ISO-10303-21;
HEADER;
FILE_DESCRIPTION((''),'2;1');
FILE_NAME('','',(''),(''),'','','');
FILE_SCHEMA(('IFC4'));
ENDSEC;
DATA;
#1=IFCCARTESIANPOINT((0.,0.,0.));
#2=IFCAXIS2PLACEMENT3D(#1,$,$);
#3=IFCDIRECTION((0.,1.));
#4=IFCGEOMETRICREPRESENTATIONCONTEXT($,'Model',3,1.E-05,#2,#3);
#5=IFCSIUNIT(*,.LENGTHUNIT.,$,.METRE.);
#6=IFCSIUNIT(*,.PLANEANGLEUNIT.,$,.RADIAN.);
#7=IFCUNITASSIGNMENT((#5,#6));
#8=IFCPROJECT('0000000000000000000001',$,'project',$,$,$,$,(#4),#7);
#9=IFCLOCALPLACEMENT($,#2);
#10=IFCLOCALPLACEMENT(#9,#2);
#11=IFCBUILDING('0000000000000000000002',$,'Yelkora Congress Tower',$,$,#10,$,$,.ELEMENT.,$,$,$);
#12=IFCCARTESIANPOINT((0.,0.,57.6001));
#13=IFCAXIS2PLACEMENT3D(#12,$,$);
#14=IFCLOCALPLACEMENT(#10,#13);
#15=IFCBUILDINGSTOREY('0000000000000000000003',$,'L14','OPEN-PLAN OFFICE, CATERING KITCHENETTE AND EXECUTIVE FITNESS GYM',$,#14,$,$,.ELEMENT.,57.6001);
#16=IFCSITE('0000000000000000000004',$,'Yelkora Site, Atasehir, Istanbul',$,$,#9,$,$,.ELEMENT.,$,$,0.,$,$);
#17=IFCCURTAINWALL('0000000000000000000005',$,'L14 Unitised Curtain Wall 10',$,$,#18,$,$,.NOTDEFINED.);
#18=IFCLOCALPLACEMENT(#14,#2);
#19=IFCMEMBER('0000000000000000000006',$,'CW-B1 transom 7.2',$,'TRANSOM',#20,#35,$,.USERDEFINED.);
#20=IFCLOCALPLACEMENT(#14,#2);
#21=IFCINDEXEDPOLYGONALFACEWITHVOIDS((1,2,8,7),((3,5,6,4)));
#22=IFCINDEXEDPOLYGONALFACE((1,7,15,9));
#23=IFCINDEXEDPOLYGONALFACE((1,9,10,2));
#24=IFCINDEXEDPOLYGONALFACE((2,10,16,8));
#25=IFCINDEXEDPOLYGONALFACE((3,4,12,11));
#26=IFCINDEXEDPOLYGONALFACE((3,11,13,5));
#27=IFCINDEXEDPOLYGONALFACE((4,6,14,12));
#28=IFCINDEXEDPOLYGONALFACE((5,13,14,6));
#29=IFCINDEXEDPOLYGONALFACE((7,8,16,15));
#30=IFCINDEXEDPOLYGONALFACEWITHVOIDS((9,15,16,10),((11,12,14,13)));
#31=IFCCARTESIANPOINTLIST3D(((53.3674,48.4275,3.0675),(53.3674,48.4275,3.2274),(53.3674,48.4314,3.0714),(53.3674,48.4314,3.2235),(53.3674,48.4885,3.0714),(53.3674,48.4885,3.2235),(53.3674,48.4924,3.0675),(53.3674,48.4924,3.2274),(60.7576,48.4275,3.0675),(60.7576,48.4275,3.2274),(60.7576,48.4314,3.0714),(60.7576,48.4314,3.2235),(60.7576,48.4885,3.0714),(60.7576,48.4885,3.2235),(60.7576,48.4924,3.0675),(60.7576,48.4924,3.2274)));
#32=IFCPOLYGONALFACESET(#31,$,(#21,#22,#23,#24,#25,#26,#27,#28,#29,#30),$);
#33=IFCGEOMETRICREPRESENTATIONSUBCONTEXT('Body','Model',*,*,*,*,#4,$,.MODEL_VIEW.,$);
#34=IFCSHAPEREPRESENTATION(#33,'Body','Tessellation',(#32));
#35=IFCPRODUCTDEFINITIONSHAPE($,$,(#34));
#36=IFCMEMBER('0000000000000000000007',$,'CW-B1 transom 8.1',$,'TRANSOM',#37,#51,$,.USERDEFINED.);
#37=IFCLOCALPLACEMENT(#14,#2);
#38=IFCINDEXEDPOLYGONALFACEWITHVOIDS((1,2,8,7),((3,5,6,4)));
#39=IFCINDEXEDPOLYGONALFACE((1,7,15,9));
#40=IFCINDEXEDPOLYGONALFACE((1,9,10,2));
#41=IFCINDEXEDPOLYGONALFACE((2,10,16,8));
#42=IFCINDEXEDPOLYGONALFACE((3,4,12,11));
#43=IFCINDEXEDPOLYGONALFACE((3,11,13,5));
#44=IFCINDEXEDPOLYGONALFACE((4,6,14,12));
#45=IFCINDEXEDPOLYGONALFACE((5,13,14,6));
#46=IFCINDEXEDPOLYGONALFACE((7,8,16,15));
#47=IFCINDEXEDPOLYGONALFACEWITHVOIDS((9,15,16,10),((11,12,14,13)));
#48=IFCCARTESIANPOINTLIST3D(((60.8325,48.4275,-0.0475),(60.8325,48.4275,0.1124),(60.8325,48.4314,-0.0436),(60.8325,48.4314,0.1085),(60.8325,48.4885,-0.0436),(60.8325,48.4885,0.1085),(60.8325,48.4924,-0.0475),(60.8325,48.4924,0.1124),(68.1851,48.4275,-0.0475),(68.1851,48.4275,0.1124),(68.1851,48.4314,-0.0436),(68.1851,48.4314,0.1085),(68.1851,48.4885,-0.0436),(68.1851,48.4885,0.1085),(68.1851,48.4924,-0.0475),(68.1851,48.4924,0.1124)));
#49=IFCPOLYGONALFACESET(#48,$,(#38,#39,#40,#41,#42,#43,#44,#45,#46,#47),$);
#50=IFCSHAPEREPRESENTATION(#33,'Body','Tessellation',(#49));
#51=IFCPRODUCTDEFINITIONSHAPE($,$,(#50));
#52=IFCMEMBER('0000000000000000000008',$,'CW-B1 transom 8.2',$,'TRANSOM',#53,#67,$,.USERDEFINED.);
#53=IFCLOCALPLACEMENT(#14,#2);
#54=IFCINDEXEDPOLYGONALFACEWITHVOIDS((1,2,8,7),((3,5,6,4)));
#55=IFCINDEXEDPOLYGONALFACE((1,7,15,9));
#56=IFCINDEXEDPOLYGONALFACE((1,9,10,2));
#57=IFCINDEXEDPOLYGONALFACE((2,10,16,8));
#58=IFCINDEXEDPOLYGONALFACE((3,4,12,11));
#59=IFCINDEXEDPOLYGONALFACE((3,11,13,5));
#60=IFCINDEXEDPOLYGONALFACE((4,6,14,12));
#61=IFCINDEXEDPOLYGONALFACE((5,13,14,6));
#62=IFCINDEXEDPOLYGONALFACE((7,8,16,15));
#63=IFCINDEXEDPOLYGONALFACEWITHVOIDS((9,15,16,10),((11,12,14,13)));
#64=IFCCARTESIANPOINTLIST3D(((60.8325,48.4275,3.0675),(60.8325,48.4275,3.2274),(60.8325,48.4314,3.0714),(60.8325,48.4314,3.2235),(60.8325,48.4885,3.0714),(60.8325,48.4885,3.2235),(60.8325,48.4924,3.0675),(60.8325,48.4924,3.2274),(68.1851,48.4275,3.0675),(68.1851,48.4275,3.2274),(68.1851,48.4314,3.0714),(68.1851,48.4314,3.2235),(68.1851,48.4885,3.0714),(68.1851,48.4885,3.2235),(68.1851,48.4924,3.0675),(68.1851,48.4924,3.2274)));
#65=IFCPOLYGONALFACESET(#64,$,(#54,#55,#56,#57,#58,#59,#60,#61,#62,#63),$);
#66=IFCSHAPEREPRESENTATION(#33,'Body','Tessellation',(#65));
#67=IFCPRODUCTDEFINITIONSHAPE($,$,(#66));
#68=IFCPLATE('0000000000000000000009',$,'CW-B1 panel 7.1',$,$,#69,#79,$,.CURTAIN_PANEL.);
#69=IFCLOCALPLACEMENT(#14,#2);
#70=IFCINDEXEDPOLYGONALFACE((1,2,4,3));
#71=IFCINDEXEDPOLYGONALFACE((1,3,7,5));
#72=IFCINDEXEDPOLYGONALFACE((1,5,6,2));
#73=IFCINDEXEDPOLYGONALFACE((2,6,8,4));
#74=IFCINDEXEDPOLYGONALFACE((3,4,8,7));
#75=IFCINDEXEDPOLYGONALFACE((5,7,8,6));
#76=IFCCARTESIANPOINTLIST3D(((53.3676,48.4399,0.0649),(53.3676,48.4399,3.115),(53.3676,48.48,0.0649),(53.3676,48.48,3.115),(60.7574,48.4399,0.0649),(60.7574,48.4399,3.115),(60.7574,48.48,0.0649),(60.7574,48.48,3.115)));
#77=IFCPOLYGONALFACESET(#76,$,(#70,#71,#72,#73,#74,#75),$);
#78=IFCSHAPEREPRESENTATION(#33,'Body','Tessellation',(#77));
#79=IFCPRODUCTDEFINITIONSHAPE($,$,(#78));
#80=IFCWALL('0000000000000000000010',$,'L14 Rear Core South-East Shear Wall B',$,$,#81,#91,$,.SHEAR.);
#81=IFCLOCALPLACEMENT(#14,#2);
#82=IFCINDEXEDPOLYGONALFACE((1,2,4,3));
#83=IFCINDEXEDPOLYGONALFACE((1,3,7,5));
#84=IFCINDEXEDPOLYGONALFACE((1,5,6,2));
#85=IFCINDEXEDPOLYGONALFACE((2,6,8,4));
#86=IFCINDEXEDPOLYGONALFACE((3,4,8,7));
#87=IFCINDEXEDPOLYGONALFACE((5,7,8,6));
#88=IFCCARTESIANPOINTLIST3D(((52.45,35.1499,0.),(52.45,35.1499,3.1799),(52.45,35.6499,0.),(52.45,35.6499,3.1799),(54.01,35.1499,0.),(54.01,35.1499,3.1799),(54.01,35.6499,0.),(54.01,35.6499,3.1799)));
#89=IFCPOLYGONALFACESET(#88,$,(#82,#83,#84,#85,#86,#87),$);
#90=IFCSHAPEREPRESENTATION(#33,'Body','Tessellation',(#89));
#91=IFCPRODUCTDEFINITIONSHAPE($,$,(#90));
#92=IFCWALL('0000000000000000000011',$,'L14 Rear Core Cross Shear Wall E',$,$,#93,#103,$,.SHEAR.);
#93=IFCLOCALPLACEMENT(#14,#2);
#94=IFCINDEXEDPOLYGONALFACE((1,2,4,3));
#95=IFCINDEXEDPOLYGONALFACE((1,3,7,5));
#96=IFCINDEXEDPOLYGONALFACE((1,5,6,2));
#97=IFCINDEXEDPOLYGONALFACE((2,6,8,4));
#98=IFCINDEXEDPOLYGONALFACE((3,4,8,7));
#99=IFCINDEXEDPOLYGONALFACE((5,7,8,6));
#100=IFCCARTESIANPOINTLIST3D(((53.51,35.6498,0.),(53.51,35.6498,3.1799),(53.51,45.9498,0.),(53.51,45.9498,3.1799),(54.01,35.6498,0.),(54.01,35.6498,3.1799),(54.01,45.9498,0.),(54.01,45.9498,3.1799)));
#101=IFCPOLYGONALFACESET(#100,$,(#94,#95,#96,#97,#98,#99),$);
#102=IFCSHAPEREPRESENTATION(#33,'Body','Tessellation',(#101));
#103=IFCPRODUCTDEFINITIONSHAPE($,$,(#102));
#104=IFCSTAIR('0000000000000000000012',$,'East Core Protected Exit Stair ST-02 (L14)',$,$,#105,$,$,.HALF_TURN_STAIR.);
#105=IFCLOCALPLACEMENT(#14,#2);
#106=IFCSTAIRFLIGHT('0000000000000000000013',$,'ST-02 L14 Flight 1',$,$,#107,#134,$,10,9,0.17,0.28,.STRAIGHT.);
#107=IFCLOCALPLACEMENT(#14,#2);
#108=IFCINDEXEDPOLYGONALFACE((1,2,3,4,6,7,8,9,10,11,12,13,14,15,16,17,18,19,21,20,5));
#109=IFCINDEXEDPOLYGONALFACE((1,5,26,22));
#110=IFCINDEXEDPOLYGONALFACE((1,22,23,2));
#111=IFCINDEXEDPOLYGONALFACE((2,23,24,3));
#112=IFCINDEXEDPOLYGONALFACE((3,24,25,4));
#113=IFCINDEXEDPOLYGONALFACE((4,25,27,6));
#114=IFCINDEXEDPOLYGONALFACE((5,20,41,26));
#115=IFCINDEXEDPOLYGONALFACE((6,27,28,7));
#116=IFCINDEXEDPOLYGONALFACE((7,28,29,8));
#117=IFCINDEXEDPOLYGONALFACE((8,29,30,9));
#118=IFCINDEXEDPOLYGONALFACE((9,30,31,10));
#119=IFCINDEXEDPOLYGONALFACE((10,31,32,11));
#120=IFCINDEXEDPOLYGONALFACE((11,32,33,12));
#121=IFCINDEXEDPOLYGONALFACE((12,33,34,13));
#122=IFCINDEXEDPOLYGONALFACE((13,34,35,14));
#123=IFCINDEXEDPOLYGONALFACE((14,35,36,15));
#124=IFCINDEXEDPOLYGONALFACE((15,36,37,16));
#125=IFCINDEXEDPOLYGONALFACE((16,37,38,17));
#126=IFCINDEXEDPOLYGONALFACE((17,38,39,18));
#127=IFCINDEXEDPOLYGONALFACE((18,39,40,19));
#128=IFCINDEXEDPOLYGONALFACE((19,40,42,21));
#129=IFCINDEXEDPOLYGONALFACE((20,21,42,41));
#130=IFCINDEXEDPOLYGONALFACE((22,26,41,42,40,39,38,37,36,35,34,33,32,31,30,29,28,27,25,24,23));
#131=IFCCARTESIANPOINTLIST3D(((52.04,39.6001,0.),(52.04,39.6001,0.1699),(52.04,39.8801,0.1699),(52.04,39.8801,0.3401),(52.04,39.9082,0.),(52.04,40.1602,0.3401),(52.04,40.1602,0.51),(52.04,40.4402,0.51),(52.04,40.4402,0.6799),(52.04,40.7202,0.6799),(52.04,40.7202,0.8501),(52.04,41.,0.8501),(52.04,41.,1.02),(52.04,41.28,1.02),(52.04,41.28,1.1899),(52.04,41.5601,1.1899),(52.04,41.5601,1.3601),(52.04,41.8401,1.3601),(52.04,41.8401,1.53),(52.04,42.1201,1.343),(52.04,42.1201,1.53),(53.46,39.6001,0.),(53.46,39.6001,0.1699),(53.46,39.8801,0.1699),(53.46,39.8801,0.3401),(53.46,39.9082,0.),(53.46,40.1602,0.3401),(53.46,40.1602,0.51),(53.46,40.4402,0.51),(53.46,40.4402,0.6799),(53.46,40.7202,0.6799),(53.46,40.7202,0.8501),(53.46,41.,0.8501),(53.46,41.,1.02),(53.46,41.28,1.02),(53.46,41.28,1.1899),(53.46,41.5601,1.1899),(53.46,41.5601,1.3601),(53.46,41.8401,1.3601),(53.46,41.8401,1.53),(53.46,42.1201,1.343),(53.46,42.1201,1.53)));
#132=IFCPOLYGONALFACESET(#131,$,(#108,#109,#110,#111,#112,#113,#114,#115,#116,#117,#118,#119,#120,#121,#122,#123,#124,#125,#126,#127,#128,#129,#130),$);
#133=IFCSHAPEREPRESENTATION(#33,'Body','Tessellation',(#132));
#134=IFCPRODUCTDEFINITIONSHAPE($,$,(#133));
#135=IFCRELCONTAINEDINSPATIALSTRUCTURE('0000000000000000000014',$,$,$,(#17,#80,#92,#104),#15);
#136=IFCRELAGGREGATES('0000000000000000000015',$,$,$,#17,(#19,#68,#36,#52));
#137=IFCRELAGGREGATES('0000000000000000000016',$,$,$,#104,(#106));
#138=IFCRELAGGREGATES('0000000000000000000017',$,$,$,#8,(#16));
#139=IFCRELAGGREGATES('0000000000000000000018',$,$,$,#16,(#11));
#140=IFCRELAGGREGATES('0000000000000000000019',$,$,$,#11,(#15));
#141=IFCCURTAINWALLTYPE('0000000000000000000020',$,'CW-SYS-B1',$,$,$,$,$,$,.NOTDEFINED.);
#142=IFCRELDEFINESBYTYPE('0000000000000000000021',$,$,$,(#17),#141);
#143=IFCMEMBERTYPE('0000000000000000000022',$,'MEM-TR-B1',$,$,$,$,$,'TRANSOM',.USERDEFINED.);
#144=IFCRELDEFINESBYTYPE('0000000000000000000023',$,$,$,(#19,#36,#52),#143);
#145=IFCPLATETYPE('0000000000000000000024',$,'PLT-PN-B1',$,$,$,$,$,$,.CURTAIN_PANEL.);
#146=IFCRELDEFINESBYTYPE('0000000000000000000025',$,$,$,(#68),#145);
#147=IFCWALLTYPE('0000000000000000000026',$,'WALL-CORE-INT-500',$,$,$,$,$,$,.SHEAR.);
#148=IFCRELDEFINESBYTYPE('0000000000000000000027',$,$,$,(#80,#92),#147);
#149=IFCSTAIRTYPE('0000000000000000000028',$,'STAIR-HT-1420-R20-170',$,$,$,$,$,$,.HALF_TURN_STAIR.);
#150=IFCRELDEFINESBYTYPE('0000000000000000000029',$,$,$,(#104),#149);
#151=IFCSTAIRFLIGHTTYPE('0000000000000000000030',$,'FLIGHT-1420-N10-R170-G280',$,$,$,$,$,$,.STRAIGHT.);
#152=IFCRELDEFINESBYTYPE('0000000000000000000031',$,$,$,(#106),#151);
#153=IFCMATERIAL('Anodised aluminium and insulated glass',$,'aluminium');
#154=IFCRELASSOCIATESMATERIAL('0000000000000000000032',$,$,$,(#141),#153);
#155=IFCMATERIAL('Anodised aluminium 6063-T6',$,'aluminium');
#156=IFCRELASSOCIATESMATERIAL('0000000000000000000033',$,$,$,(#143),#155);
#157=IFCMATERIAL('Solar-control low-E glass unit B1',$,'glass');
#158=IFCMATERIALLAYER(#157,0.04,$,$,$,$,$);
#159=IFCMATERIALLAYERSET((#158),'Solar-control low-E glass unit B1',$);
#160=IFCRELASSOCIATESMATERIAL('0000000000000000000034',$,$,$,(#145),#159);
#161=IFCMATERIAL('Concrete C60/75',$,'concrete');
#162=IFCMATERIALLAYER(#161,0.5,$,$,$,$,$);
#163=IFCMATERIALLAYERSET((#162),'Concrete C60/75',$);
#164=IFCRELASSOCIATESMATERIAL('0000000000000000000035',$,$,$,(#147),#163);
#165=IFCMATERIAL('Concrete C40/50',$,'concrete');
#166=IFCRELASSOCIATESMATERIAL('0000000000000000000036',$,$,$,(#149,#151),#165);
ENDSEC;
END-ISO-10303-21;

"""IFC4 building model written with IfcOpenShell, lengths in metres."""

from ifc_helpers import new_model, si_unit, direction, frame, frame_2d, origin, origin_2d, place, context, subcontext, project, spatial, polyline, rectangle, hollow_rectangle, outline, extrude, material, layer, layer_set, material_profile, profile_set, type_object, element, aggregate, save


model = new_model("IFC4")

# Units and contexts
model_context = context("Model", 3, precision=1e-05, world=origin(), true_north=direction((0.0, 1.0)))
body_context = subcontext(model_context, "Body", "Model", "MODEL_VIEW")
ifc_project = project(units=[si_unit("LENGTHUNIT", "METRE"), si_unit("PLANEANGLEUNIT", "RADIAN")], contexts=[model_context])

# Site, building, storey
site_placement = place(None, origin())
site = spatial("IfcSite", under=ifc_project, at=site_placement, Name="Yelkora Site, Atasehir, Istanbul", CompositionType="ELEMENT", RefElevation=0.0)
building_placement = place(site_placement, origin())
building = spatial("IfcBuilding", under=site, at=building_placement, Name="Yelkora Congress Tower", CompositionType="ELEMENT")
storey_placement = place(building_placement, frame((0.0, 0.0, 57.6001)))
storey = spatial("IfcBuildingStorey", under=building, at=storey_placement, Name="L14", Description="OPEN-PLAN OFFICE, CATERING KITCHENETTE AND EXECUTIVE FITNESS GYM", CompositionType="ELEMENT", Elevation=57.6001)

# Shared definitions
ifc_material_1 = material(Name="Concrete C60/75", Category="concrete")

# Curtain wall, members, plate
ifc_material_2 = material(Name="Anodised aluminium and insulated glass", Category="aluminium")
curtain_wall_type = type_object("IfcCurtainWallType", Name="CW-SYS-B1", PredefinedType="NOTDEFINED", material=ifc_material_2)
curtain_wall_placement = place(storey_placement, origin())
curtain_wall = element("IfcCurtainWall", 1, at=curtain_wall_placement, inside=storey, type_object=curtain_wall_type, Name="L14 Unitised Curtain Wall 10", PredefinedType="NOTDEFINED")
ifc_material_3 = material(Name="Anodised aluminium 6063-T6", Category="aluminium")
ifc_material_profile_1 = material_profile(ifc_material_3, hollow_rectangle(XDim=0.0649, YDim=0.1599, WallThickness=0.0039, at=origin_2d()), Name="ALU 65x160x4")
ifc_profile_set_1 = profile_set([ifc_material_profile_1], Name="Anodised aluminium 6063-T6")
member_type_1 = type_object("IfcMemberType", Name="MEM-TR-B1", ElementType="TRANSOM", PredefinedType="USERDEFINED", material=ifc_profile_set_1)
member_1_placement = place(storey_placement, frame((53.3674, 48.46, 3.1475), z_axis=(1.0, 0.0, 0.0), x_axis=(0.0, 1.0, 0.0)))
member_1 = element("IfcMember", 2, at=member_1_placement, type_object=member_type_1, Name="CW-B1 transom 7.2", ObjectType="TRANSOM", PredefinedType="USERDEFINED", context=body_context, shape_type="SweptSolid", body=[
    extrude(hollow_rectangle(XDim=0.0649, YDim=0.1599, WallThickness=0.0039, at=origin_2d()), origin(), (0.0, 0.0, 1.0), 7.3901),
])
member_2_placement = place(storey_placement, frame((60.8325, 48.46, 0.0325), z_axis=(1.0, 0.0, 0.0), x_axis=(0.0, 1.0, 0.0)))
member_2 = element("IfcMember", 3, at=member_2_placement, type_object=member_type_1, Name="CW-B1 transom 8.1", ObjectType="TRANSOM", PredefinedType="USERDEFINED", context=body_context, shape_type="SweptSolid", body=[
    extrude(hollow_rectangle(XDim=0.0649, YDim=0.1599, WallThickness=0.0039, at=origin_2d()), origin(), (0.0, 0.0, 1.0), 7.3525),
])
member_3_placement = place(storey_placement, frame((60.8325, 48.46, 3.1475), z_axis=(1.0, 0.0, 0.0), x_axis=(0.0, 1.0, 0.0)))
member_3 = element("IfcMember", 4, at=member_3_placement, type_object=member_type_1, Name="CW-B1 transom 8.2", ObjectType="TRANSOM", PredefinedType="USERDEFINED", context=body_context, shape_type="SweptSolid", body=[
    extrude(hollow_rectangle(XDim=0.0649, YDim=0.1599, WallThickness=0.0039, at=origin_2d()), origin(), (0.0, 0.0, 1.0), 7.3525),
])
ifc_material_4 = material(Name="Solar-control low-E glass unit B1", Category="glass")
ifc_layer_1 = layer(ifc_material_4, 0.04)
ifc_layer_set_1 = layer_set([ifc_layer_1], Name="Solar-control low-E glass unit B1")
plate_type = type_object("IfcPlateType", Name="PLT-PN-B1", PredefinedType="CURTAIN_PANEL", material=ifc_layer_set_1)
plate_placement = place(storey_placement, frame((57.0625, 48.46, 0.0649), z_axis=(0.0, 0.0, 1.0), x_axis=(1.0, 0.0, 0.0)))
plate = element("IfcPlate", 5, at=plate_placement, type_object=plate_type, Name="CW-B1 panel 7.1", PredefinedType="CURTAIN_PANEL", context=body_context, shape_type="SweptSolid", body=[
    extrude(rectangle(XDim=7.3899, YDim=0.04, at=origin_2d()), origin(), (0.0, 0.0, 1.0), 3.05),
])
aggregate(curtain_wall, [member_1, plate, member_2, member_3])

# Walls
ifc_layer_2 = layer(ifc_material_1, 0.5)
ifc_layer_set_2 = layer_set([ifc_layer_2], Name="Concrete C60/75")
wall_type = type_object("IfcWallType", Name="WALL-CORE-INT-500", PredefinedType="SHEAR", material=ifc_layer_set_2)
wall_1_placement = place(storey_placement, frame((52.45, 35.3999, 0.0), z_axis=(0.0, 0.0, 1.0), x_axis=(1.0, 0.0, 0.0)))
element("IfcWall", 6, at=wall_1_placement, inside=storey, type_object=wall_type, Name="L14 Rear Core South-East Shear Wall B", PredefinedType="SHEAR", context=body_context, shape_type="SweptSolid", body=[
    extrude(rectangle(XDim=1.5601, YDim=0.5, at=frame_2d((0.78, 0.0))), origin(), (0.0, 0.0, 1.0), 3.1799),
])
wall_2_placement = place(storey_placement, frame((53.76, 35.6499, 0.0), z_axis=(0.0, 0.0, 1.0), x_axis=(0.0, 1.0, 0.0)))
element("IfcWall", 7, at=wall_2_placement, inside=storey, type_object=wall_type, Name="L14 Rear Core Cross Shear Wall E", PredefinedType="SHEAR", context=body_context, shape_type="SweptSolid", body=[
    extrude(rectangle(XDim=10.3, YDim=0.5, at=frame_2d((5.1499, 0.0))), origin(), (0.0, 0.0, 1.0), 3.1799),
])

# Stair, stair flight
ifc_material_5 = material(Name="Concrete C40/50", Category="concrete")
stair_type = type_object("IfcStairType", Name="STAIR-HT-1420-R20-170", PredefinedType="HALF_TURN_STAIR", material=ifc_material_5)
stair_placement = place(storey_placement, origin())
stair = element("IfcStair", 8, at=stair_placement, inside=storey, type_object=stair_type, Name="East Core Protected Exit Stair ST-02 (L14)", PredefinedType="HALF_TURN_STAIR")
stair_flight_type = type_object("IfcStairFlightType", Name="FLIGHT-1420-N10-R170-G280", PredefinedType="STRAIGHT", material=ifc_material_5)
stair_flight_placement = place(storey_placement, frame((52.75, 39.6001, 0.0), z_axis=(0.0, 0.0, 1.0), x_axis=(0.0, 1.0, 0.0)))
stair_flight = element("IfcStairFlight", 9, at=stair_flight_placement, type_object=stair_flight_type, Name="ST-02 L14 Flight 1", NumberOfRisers=10, NumberOfTreads=9, PredefinedType="STRAIGHT", RiserHeight=0.17, TreadLength=0.28, context=body_context, shape_type="SweptSolid", body=[
    extrude(outline(polyline([(0.0, 0.0), (0.0, 0.1699), (0.28, 0.1699), (0.28, 0.3401), (0.5601, 0.3401), (0.5601, 0.51), (0.8401, 0.51), (0.8401, 0.6799), (1.1201, 0.6799), (1.1201, 0.8501), (1.3999, 0.8501), (1.3999, 1.02), (1.6799, 1.02), (1.6799, 1.1899), (1.96, 1.1899), (1.96, 1.3601), (2.24, 1.3601), (2.24, 1.53), (2.52, 1.53), (2.52, 1.7), (2.52, 1.343), (0.3081, 0.0), (0.0, 0.0)])), frame((0.0, 0.71, 0.0), z_axis=(0.0, -1.0, 0.0), x_axis=(1.0, 0.0, 0.0)), (0.0, 0.0, 1.0), 1.4199),
])
aggregate(stair, [stair_flight])

save(model, "model.ifc")
